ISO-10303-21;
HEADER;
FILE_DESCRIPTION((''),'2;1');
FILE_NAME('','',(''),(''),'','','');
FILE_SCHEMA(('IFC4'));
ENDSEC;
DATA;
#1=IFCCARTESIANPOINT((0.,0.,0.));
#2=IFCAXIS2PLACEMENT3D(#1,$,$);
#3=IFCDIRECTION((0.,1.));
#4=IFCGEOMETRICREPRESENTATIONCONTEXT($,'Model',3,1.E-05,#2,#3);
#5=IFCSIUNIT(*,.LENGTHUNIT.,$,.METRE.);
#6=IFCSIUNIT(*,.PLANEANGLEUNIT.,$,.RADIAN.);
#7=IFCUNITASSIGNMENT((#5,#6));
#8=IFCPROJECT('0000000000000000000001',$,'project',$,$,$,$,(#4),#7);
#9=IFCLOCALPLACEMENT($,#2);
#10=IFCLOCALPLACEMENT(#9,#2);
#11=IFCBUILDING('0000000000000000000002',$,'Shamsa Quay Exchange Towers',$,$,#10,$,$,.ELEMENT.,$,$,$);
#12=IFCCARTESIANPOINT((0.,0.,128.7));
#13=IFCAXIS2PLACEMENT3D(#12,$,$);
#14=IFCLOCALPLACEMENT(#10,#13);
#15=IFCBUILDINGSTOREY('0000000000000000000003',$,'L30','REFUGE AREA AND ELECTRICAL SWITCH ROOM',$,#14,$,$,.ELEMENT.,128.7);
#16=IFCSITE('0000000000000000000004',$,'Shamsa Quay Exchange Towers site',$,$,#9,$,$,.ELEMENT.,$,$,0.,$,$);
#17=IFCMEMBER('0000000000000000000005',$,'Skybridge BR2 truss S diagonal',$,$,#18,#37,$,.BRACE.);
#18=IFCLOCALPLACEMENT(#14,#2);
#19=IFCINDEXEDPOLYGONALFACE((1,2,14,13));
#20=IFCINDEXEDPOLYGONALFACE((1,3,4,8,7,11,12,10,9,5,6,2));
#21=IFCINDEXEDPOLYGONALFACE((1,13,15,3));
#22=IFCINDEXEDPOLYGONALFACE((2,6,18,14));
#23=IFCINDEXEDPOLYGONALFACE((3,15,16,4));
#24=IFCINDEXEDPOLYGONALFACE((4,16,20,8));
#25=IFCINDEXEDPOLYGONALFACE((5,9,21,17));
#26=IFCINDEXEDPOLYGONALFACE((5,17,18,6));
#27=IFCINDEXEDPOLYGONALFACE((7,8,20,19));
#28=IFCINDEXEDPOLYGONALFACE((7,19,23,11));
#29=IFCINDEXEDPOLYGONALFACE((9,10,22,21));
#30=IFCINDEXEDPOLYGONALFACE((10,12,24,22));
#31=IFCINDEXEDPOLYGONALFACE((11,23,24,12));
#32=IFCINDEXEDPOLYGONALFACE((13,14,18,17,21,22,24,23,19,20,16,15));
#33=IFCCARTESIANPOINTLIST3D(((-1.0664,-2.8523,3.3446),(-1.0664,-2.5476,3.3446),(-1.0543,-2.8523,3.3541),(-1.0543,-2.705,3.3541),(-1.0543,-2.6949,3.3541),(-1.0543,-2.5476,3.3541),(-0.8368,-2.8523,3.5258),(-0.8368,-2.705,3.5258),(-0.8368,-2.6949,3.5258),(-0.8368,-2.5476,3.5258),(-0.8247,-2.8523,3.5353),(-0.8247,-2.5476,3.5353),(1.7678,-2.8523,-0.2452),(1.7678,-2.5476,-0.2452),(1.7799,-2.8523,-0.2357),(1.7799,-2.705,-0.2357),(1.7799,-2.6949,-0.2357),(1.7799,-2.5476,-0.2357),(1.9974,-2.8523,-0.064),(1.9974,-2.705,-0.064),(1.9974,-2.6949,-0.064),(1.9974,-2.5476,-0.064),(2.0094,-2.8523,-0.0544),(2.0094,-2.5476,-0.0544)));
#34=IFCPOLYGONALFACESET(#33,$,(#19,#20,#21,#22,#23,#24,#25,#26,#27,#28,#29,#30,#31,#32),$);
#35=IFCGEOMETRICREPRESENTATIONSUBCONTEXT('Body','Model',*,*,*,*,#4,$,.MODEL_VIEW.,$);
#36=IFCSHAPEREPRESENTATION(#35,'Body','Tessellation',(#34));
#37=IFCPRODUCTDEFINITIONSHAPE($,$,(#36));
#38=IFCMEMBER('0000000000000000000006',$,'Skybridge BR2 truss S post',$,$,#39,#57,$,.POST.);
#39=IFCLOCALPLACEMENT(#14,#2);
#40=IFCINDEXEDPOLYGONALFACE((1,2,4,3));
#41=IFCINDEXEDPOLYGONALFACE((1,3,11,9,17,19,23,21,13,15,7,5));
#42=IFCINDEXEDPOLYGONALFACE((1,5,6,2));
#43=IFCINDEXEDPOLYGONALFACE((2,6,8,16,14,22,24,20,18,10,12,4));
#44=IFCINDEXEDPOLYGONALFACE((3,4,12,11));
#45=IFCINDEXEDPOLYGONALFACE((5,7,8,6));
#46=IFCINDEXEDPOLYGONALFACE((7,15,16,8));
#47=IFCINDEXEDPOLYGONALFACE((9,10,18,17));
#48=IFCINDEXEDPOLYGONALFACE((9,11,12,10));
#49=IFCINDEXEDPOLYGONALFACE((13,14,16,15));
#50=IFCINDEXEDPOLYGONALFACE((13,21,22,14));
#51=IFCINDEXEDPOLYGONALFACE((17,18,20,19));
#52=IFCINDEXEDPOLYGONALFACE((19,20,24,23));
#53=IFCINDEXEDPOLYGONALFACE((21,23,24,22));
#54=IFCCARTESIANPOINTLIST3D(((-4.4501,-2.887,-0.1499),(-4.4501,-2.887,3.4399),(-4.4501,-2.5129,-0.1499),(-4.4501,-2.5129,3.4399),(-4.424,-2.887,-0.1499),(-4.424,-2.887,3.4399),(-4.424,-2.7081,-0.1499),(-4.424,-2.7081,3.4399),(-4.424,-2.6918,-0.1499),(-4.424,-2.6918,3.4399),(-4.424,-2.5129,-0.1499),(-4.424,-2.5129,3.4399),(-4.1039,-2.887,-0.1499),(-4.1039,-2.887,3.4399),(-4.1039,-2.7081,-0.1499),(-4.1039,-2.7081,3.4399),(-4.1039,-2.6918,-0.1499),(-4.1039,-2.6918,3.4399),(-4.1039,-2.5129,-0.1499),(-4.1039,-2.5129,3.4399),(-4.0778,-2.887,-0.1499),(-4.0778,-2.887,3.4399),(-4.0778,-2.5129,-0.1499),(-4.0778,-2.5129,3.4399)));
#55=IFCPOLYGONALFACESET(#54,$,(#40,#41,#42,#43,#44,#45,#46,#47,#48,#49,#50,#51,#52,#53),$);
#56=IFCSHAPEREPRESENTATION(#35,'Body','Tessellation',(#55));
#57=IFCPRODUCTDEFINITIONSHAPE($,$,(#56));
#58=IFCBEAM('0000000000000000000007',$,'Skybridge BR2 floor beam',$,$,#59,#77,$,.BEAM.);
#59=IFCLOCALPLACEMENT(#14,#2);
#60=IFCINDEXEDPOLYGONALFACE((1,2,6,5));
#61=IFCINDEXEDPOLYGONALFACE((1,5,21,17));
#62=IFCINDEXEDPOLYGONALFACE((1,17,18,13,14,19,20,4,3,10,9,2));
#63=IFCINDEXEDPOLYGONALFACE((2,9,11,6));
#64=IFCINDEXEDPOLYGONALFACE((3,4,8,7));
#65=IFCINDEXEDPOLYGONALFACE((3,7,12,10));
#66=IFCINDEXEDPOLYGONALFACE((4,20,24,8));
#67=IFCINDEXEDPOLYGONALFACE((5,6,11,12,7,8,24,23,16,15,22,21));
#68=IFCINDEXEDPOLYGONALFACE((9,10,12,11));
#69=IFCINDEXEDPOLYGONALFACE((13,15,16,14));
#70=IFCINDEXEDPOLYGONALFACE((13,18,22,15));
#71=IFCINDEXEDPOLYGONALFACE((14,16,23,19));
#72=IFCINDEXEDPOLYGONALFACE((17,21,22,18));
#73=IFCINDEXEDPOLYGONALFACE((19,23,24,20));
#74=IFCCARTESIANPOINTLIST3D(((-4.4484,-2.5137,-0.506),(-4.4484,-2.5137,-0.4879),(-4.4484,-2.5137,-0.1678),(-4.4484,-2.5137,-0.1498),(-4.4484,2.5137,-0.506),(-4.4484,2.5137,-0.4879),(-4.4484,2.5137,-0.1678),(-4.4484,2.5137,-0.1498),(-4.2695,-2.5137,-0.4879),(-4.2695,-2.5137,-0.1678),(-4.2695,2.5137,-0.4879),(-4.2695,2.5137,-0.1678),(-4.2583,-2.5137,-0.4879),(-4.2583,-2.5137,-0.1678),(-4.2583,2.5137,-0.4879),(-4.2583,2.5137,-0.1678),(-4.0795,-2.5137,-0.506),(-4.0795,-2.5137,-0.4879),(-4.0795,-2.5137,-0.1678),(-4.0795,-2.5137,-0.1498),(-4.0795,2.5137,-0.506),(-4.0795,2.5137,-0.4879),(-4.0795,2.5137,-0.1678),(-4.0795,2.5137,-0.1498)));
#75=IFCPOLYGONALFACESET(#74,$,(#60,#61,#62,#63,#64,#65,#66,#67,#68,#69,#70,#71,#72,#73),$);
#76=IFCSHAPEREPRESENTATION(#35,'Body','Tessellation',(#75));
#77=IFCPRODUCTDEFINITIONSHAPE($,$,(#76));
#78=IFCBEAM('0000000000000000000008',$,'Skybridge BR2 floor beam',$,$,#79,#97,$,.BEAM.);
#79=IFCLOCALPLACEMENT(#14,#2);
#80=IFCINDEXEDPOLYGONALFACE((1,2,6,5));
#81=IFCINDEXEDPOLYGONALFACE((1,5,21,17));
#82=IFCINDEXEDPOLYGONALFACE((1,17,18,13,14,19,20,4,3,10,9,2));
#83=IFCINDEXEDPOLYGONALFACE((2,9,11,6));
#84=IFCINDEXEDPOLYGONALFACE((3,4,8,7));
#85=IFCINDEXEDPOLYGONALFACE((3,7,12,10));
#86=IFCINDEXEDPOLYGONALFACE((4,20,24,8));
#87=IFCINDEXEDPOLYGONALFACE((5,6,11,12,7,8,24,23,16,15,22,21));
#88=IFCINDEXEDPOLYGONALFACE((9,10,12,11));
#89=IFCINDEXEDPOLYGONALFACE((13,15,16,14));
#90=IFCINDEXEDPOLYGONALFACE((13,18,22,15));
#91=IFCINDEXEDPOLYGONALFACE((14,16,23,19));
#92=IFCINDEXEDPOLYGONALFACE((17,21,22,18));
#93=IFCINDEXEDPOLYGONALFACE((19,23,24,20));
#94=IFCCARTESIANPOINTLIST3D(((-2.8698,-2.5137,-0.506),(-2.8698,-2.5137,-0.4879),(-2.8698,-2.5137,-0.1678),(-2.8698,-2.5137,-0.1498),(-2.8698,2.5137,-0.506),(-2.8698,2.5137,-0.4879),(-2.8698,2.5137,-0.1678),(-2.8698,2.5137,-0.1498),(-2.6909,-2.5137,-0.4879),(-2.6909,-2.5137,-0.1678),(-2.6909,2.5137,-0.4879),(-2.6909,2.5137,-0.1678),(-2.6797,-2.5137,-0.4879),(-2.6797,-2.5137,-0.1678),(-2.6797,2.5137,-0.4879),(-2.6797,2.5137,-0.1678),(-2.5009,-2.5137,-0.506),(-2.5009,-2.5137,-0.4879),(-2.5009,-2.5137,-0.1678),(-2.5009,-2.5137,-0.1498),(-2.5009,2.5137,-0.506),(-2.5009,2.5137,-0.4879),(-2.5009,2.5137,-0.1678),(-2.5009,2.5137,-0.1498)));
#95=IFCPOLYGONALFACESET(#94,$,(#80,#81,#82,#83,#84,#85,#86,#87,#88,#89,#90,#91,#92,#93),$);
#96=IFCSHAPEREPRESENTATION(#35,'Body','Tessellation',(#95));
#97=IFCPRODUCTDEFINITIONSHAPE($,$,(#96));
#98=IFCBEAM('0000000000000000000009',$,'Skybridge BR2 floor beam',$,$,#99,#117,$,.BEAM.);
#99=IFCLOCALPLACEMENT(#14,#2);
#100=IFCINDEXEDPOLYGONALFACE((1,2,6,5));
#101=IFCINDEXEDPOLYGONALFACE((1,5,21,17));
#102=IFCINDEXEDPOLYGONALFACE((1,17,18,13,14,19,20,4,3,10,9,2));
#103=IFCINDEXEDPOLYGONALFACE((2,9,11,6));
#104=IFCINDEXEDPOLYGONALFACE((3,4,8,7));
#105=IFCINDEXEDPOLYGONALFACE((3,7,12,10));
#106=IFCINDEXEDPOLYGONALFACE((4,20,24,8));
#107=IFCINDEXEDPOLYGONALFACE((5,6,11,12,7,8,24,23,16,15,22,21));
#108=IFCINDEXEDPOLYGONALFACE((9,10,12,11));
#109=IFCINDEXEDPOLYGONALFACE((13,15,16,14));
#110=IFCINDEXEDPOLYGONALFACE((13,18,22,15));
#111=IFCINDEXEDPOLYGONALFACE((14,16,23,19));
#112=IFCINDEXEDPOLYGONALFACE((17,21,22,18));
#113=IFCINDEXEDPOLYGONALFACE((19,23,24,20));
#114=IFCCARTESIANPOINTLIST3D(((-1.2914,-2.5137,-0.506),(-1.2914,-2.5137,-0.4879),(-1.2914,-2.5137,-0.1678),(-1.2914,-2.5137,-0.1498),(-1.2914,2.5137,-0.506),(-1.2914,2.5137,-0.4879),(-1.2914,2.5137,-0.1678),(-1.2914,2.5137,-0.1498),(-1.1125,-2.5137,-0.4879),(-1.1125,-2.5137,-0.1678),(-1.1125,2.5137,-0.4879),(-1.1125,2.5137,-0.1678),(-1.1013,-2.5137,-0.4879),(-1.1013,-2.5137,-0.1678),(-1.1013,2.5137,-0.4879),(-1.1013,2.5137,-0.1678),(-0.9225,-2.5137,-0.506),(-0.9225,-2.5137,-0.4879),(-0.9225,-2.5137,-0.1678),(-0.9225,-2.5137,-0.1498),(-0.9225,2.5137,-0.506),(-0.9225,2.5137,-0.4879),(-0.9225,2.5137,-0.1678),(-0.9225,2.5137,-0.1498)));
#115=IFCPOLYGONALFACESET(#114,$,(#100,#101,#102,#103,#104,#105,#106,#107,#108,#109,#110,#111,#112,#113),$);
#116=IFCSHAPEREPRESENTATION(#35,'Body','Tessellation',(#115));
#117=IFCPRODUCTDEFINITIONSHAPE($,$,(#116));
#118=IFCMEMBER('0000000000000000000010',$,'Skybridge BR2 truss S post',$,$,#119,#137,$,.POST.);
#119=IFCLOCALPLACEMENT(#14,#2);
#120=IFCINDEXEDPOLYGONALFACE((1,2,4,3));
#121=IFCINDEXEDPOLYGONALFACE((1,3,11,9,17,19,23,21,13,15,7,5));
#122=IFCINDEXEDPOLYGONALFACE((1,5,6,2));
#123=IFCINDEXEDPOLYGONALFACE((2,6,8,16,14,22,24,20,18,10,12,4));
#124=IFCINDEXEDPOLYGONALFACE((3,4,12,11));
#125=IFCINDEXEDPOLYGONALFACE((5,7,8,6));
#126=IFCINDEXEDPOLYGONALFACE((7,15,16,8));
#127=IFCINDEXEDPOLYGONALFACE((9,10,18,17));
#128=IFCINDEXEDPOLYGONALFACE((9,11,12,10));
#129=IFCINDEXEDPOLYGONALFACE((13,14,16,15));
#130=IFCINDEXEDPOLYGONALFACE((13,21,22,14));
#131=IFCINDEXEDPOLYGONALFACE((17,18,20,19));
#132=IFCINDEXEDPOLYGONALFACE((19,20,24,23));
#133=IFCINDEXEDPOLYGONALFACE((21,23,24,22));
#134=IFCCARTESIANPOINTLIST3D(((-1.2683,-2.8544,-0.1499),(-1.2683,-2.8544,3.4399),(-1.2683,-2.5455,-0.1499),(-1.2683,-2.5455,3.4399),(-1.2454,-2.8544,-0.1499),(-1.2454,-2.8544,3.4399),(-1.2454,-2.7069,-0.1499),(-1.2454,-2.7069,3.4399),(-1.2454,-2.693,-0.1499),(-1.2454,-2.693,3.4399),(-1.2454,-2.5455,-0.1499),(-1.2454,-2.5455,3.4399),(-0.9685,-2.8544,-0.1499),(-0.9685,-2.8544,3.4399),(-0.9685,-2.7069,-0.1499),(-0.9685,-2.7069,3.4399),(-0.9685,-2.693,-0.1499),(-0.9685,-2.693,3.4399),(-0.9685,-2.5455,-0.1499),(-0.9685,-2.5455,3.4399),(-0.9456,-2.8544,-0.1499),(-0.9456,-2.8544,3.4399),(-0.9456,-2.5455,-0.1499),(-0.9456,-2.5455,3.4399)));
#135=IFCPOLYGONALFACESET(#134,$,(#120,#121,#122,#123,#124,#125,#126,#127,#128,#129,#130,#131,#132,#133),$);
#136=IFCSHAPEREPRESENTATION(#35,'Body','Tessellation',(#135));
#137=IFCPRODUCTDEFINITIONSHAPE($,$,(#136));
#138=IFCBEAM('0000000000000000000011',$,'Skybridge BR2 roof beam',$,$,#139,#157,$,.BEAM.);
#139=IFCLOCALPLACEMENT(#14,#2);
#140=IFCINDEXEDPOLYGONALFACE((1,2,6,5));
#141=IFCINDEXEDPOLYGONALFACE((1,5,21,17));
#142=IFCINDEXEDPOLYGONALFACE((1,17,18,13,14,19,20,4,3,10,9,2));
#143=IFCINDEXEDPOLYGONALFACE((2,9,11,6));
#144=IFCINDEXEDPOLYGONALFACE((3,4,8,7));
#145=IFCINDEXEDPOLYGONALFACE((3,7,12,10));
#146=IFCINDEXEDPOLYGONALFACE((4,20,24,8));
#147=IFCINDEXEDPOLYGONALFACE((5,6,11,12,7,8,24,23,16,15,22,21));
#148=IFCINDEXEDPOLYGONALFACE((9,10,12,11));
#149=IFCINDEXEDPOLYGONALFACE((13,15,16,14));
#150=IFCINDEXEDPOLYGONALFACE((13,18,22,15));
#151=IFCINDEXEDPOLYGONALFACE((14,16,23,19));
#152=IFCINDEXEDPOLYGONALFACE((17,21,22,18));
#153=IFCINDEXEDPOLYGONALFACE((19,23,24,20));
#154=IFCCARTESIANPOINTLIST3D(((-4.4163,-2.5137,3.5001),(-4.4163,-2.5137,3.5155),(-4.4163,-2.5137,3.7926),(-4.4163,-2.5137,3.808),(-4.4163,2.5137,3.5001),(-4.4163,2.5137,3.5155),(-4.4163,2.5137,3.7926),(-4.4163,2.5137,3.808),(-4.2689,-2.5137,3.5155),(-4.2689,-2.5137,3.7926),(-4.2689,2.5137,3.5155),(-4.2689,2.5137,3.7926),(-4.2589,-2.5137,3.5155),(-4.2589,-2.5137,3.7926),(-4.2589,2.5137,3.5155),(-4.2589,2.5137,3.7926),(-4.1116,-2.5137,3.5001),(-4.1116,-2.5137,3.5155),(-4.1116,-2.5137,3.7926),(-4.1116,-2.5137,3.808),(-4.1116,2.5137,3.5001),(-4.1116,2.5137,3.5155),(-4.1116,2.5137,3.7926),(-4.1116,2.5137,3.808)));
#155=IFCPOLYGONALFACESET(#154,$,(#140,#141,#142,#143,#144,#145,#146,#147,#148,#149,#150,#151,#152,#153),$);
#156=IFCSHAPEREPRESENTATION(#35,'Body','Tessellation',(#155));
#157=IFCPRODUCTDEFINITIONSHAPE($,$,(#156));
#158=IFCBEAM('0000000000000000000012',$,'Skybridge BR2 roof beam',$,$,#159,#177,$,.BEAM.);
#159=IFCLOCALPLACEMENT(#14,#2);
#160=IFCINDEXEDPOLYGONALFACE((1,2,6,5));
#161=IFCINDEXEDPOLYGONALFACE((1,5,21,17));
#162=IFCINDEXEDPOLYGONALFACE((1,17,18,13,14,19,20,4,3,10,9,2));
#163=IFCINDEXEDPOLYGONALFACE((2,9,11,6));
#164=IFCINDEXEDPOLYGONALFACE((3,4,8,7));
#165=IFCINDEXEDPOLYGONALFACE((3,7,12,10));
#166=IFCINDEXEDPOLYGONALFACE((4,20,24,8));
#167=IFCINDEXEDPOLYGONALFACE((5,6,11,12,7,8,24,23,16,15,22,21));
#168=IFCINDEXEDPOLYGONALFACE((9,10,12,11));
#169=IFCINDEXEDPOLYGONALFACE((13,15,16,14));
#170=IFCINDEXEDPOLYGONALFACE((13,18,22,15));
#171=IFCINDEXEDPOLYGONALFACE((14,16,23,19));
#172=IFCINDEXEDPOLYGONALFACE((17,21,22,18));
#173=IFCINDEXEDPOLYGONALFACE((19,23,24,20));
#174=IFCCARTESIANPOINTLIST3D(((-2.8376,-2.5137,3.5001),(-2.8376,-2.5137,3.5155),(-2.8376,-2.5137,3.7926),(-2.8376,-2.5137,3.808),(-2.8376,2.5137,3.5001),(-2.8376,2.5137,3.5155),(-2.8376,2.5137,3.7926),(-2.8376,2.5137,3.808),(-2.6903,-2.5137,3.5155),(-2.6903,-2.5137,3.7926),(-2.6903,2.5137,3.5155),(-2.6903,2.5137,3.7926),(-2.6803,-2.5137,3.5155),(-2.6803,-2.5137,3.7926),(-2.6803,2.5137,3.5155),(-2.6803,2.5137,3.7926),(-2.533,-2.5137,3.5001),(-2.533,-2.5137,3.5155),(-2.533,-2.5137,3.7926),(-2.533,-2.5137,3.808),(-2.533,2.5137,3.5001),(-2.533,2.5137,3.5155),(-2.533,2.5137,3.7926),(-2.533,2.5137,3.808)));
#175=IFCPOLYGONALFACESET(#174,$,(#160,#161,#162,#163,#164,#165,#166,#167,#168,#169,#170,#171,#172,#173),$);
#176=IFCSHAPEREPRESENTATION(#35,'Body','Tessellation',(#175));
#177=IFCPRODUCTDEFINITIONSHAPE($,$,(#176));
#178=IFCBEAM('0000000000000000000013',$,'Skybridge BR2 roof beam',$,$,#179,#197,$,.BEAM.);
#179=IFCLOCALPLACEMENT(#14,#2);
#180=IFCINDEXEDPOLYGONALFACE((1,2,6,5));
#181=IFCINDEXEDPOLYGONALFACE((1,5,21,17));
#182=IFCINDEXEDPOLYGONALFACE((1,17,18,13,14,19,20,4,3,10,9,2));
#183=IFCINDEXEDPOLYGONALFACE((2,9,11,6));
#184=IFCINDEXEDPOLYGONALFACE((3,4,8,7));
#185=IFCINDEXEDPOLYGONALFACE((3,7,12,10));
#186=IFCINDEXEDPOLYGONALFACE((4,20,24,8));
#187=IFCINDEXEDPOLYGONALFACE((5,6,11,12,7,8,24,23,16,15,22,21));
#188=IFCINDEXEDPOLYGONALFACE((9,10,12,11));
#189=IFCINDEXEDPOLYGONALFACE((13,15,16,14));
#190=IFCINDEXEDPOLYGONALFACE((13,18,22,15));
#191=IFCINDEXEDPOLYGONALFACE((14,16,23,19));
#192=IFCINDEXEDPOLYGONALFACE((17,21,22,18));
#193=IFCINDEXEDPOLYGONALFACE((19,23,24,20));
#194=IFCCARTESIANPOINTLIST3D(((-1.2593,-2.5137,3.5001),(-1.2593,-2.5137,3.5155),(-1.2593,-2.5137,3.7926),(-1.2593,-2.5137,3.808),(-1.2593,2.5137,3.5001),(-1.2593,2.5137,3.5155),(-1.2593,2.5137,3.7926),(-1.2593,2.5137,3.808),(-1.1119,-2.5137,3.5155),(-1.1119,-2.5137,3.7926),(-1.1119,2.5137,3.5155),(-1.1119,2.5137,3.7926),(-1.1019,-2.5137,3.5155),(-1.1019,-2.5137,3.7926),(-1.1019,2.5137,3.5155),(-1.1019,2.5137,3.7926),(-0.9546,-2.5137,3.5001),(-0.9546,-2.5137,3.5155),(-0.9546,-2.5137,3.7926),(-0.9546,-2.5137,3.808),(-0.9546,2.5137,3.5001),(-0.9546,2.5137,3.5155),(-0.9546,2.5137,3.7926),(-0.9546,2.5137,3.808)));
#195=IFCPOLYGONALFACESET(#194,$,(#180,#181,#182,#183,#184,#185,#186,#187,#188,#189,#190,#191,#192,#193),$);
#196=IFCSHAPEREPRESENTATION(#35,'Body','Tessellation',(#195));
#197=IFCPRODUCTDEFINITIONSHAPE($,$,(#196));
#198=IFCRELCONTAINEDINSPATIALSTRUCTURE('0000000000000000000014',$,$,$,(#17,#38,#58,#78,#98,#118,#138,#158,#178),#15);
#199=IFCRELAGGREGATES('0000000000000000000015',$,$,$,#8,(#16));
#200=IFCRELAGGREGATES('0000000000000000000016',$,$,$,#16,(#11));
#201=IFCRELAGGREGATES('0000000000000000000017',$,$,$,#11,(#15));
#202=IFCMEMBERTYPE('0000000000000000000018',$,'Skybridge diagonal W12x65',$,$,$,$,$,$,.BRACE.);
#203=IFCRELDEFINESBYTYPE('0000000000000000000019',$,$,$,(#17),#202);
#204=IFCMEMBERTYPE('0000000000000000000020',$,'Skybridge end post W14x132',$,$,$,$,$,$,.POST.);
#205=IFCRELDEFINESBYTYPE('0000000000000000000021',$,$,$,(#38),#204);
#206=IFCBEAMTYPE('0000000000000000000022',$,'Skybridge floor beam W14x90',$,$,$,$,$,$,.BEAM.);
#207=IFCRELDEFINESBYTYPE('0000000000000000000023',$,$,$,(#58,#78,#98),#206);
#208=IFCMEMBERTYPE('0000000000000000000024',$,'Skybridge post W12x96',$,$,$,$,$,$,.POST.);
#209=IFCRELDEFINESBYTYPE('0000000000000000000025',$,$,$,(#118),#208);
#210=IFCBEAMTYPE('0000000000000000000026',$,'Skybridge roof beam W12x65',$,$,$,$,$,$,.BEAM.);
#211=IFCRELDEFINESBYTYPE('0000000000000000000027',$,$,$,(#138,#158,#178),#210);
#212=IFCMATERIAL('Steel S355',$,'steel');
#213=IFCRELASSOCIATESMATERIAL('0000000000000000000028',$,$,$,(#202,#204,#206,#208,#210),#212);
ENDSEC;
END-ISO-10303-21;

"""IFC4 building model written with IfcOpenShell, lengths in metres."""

from ifc_helpers import new_model, si_unit, direction, frame, origin, origin_2d, place, context, subcontext, project, spatial, i_section, extrude, material, material_profile, profile_set, type_object, element, save


model = new_model("IFC4")

# Units and contexts
model_context = context("Model", 3, precision=1e-05, world=origin(), true_north=direction((0.0, 1.0)))
body_context = subcontext(model_context, "Body", "Model", "MODEL_VIEW")
ifc_project = project(units=[si_unit("LENGTHUNIT", "METRE"), si_unit("PLANEANGLEUNIT", "RADIAN")], contexts=[model_context])

# Site, building, storey
site_placement = place(None, origin())
site = spatial("IfcSite", under=ifc_project, at=site_placement, Name="Shamsa Quay Exchange Towers site", CompositionType="ELEMENT", RefElevation=0.0)
building_placement = place(site_placement, origin())
building = spatial("IfcBuilding", under=site, at=building_placement, Name="Shamsa Quay Exchange Towers", CompositionType="ELEMENT")
storey_placement = place(building_placement, frame((0.0, 0.0, 128.7)))
storey = spatial("IfcBuildingStorey", under=building, at=storey_placement, Name="L30", Description="REFUGE AREA AND ELECTRICAL SWITCH ROOM", CompositionType="ELEMENT", Elevation=128.7)

# Members
ifc_material_1 = material(Name="Steel S355", Category="steel")
ifc_material_profile_1 = material_profile(ifc_material_1, i_section(OverallWidth=0.3047, OverallDepth=0.3079, WebThickness=0.01, FlangeThickness=0.0154, at=origin_2d()), Name="W12x65")
ifc_profile_set_1 = profile_set([ifc_material_profile_1], Name="Steel S355")
member_type_1 = type_object("IfcMemberType", Name="Skybridge diagonal W12x65", PredefinedType="BRACE", material=ifc_profile_set_1)
member_1_placement = place(storey_placement, frame((-0.9456, -2.7, 3.4399), z_axis=(0.619663, 0.0, -0.784868), x_axis=(0.0, 1.0, 0.0)))
element("IfcMember", 1, at=member_1_placement, inside=storey, type_object=member_type_1, Name="Skybridge BR2 truss S diagonal", PredefinedType="BRACE", context=body_context, shape_type="SweptSolid", body=[
    extrude(i_section(OverallWidth=0.3047, OverallDepth=0.3079, WebThickness=0.01, FlangeThickness=0.0154, at=origin_2d()), origin(), (0.0, 0.0, 1.0), 4.5737),
])
ifc_material_profile_2 = material_profile(ifc_material_1, i_section(OverallWidth=0.374, OverallDepth=0.3723, WebThickness=0.0164, FlangeThickness=0.0261, at=origin_2d()), Name="W14x132")
ifc_profile_set_2 = profile_set([ifc_material_profile_2], Name="Steel S355")
member_type_2 = type_object("IfcMemberType", Name="Skybridge end post W14x132", PredefinedType="POST", material=ifc_profile_set_2)
member_2_placement = place(storey_placement, frame((-4.2639, -2.7, -0.1499), z_axis=(0.0, 0.0, 1.0), x_axis=(0.0, 1.0, 0.0)))
element("IfcMember", 2, at=member_2_placement, inside=storey, type_object=member_type_2, Name="Skybridge BR2 truss S post", PredefinedType="POST", context=body_context, shape_type="SweptSolid", body=[
    extrude(i_section(OverallWidth=0.374, OverallDepth=0.3723, WebThickness=0.0164, FlangeThickness=0.0261, at=origin_2d()), origin(), (0.0, 0.0, 1.0), 3.5898),
])

# Beams
ifc_material_profile_3 = material_profile(ifc_material_1, i_section(OverallWidth=0.3689, OverallDepth=0.3562, WebThickness=0.0112, FlangeThickness=0.0181, at=origin_2d()), Name="W14x90")
ifc_profile_set_3 = profile_set([ifc_material_profile_3], Name="Steel S355")
beam_type_1 = type_object("IfcBeamType", Name="Skybridge floor beam W14x90", PredefinedType="BEAM", material=ifc_profile_set_3)
for number, where, z_axis, x_axis, name in (
    (3, (-4.2639, -2.5137, -0.3279), (0.0, 1.0, 0.0), (-1.0, 0.0, 0.0), "Skybridge BR2 floor beam"),
    (4, (-2.6853, -2.5137, -0.3279), (0.0, 1.0, 0.0), (-1.0, 0.0, 0.0), "Skybridge BR2 floor beam"),
    (5, (-1.1069, -2.5137, -0.3279), (0.0, 1.0, 0.0), (-1.0, 0.0, 0.0), "Skybridge BR2 floor beam"),
):
    element("IfcBeam", number, at=place(storey_placement, frame(where, z_axis=z_axis, x_axis=x_axis)), inside=storey, type_object=beam_type_1, Name=name, PredefinedType="BEAM", context=body_context, shape_type="SweptSolid", body=[
        extrude(i_section(OverallWidth=0.3689, OverallDepth=0.3562, WebThickness=0.0112, FlangeThickness=0.0181, at=origin_2d()), origin(), (0.0, 0.0, 1.0), 5.0273),
    ])

# Member
ifc_material_profile_4 = material_profile(ifc_material_1, i_section(OverallWidth=0.3088, OverallDepth=0.3228, WebThickness=0.0139, FlangeThickness=0.0229, at=origin_2d()), Name="W12x96")
ifc_profile_set_4 = profile_set([ifc_material_profile_4], Name="Steel S355")
member_type_3 = type_object("IfcMemberType", Name="Skybridge post W12x96", PredefinedType="POST", material=ifc_profile_set_4)
member_3_placement = place(storey_placement, frame((-1.1069, -2.7, -0.1499), z_axis=(0.0, 0.0, 1.0), x_axis=(0.0, 1.0, 0.0)))
element("IfcMember", 6, at=member_3_placement, inside=storey, type_object=member_type_3, Name="Skybridge BR2 truss S post", PredefinedType="POST", context=body_context, shape_type="SweptSolid", body=[
    extrude(i_section(OverallWidth=0.3088, OverallDepth=0.3228, WebThickness=0.0139, FlangeThickness=0.0229, at=origin_2d()), origin(), (0.0, 0.0, 1.0), 3.5898),
])

# Beams
ifc_material_profile_5 = material_profile(ifc_material_1, i_section(OverallWidth=0.3047, OverallDepth=0.3079, WebThickness=0.01, FlangeThickness=0.0154, at=origin_2d()), Name="W12x65")
ifc_profile_set_5 = profile_set([ifc_material_profile_5], Name="Steel S355")
beam_type_2 = type_object("IfcBeamType", Name="Skybridge roof beam W12x65", PredefinedType="BEAM", material=ifc_profile_set_5)
for number, where, z_axis, x_axis, name in (
    (7, (-4.2639, -2.5137, 3.6541), (0.0, 1.0, 0.0), (-1.0, 0.0, 0.0), "Skybridge BR2 roof beam"),
    (8, (-2.6853, -2.5137, 3.6541), (0.0, 1.0, 0.0), (-1.0, 0.0, 0.0), "Skybridge BR2 roof beam"),
    (9, (-1.1069, -2.5137, 3.6541), (0.0, 1.0, 0.0), (-1.0, 0.0, 0.0), "Skybridge BR2 roof beam"),
):
    element("IfcBeam", number, at=place(storey_placement, frame(where, z_axis=z_axis, x_axis=x_axis)), inside=storey, type_object=beam_type_2, Name=name, PredefinedType="BEAM", context=body_context, shape_type="SweptSolid", body=[
        extrude(i_section(OverallWidth=0.3047, OverallDepth=0.3079, WebThickness=0.01, FlangeThickness=0.0154, at=origin_2d()), origin(), (0.0, 0.0, 1.0), 5.0273),
    ])

save(model, "model.ifc")
